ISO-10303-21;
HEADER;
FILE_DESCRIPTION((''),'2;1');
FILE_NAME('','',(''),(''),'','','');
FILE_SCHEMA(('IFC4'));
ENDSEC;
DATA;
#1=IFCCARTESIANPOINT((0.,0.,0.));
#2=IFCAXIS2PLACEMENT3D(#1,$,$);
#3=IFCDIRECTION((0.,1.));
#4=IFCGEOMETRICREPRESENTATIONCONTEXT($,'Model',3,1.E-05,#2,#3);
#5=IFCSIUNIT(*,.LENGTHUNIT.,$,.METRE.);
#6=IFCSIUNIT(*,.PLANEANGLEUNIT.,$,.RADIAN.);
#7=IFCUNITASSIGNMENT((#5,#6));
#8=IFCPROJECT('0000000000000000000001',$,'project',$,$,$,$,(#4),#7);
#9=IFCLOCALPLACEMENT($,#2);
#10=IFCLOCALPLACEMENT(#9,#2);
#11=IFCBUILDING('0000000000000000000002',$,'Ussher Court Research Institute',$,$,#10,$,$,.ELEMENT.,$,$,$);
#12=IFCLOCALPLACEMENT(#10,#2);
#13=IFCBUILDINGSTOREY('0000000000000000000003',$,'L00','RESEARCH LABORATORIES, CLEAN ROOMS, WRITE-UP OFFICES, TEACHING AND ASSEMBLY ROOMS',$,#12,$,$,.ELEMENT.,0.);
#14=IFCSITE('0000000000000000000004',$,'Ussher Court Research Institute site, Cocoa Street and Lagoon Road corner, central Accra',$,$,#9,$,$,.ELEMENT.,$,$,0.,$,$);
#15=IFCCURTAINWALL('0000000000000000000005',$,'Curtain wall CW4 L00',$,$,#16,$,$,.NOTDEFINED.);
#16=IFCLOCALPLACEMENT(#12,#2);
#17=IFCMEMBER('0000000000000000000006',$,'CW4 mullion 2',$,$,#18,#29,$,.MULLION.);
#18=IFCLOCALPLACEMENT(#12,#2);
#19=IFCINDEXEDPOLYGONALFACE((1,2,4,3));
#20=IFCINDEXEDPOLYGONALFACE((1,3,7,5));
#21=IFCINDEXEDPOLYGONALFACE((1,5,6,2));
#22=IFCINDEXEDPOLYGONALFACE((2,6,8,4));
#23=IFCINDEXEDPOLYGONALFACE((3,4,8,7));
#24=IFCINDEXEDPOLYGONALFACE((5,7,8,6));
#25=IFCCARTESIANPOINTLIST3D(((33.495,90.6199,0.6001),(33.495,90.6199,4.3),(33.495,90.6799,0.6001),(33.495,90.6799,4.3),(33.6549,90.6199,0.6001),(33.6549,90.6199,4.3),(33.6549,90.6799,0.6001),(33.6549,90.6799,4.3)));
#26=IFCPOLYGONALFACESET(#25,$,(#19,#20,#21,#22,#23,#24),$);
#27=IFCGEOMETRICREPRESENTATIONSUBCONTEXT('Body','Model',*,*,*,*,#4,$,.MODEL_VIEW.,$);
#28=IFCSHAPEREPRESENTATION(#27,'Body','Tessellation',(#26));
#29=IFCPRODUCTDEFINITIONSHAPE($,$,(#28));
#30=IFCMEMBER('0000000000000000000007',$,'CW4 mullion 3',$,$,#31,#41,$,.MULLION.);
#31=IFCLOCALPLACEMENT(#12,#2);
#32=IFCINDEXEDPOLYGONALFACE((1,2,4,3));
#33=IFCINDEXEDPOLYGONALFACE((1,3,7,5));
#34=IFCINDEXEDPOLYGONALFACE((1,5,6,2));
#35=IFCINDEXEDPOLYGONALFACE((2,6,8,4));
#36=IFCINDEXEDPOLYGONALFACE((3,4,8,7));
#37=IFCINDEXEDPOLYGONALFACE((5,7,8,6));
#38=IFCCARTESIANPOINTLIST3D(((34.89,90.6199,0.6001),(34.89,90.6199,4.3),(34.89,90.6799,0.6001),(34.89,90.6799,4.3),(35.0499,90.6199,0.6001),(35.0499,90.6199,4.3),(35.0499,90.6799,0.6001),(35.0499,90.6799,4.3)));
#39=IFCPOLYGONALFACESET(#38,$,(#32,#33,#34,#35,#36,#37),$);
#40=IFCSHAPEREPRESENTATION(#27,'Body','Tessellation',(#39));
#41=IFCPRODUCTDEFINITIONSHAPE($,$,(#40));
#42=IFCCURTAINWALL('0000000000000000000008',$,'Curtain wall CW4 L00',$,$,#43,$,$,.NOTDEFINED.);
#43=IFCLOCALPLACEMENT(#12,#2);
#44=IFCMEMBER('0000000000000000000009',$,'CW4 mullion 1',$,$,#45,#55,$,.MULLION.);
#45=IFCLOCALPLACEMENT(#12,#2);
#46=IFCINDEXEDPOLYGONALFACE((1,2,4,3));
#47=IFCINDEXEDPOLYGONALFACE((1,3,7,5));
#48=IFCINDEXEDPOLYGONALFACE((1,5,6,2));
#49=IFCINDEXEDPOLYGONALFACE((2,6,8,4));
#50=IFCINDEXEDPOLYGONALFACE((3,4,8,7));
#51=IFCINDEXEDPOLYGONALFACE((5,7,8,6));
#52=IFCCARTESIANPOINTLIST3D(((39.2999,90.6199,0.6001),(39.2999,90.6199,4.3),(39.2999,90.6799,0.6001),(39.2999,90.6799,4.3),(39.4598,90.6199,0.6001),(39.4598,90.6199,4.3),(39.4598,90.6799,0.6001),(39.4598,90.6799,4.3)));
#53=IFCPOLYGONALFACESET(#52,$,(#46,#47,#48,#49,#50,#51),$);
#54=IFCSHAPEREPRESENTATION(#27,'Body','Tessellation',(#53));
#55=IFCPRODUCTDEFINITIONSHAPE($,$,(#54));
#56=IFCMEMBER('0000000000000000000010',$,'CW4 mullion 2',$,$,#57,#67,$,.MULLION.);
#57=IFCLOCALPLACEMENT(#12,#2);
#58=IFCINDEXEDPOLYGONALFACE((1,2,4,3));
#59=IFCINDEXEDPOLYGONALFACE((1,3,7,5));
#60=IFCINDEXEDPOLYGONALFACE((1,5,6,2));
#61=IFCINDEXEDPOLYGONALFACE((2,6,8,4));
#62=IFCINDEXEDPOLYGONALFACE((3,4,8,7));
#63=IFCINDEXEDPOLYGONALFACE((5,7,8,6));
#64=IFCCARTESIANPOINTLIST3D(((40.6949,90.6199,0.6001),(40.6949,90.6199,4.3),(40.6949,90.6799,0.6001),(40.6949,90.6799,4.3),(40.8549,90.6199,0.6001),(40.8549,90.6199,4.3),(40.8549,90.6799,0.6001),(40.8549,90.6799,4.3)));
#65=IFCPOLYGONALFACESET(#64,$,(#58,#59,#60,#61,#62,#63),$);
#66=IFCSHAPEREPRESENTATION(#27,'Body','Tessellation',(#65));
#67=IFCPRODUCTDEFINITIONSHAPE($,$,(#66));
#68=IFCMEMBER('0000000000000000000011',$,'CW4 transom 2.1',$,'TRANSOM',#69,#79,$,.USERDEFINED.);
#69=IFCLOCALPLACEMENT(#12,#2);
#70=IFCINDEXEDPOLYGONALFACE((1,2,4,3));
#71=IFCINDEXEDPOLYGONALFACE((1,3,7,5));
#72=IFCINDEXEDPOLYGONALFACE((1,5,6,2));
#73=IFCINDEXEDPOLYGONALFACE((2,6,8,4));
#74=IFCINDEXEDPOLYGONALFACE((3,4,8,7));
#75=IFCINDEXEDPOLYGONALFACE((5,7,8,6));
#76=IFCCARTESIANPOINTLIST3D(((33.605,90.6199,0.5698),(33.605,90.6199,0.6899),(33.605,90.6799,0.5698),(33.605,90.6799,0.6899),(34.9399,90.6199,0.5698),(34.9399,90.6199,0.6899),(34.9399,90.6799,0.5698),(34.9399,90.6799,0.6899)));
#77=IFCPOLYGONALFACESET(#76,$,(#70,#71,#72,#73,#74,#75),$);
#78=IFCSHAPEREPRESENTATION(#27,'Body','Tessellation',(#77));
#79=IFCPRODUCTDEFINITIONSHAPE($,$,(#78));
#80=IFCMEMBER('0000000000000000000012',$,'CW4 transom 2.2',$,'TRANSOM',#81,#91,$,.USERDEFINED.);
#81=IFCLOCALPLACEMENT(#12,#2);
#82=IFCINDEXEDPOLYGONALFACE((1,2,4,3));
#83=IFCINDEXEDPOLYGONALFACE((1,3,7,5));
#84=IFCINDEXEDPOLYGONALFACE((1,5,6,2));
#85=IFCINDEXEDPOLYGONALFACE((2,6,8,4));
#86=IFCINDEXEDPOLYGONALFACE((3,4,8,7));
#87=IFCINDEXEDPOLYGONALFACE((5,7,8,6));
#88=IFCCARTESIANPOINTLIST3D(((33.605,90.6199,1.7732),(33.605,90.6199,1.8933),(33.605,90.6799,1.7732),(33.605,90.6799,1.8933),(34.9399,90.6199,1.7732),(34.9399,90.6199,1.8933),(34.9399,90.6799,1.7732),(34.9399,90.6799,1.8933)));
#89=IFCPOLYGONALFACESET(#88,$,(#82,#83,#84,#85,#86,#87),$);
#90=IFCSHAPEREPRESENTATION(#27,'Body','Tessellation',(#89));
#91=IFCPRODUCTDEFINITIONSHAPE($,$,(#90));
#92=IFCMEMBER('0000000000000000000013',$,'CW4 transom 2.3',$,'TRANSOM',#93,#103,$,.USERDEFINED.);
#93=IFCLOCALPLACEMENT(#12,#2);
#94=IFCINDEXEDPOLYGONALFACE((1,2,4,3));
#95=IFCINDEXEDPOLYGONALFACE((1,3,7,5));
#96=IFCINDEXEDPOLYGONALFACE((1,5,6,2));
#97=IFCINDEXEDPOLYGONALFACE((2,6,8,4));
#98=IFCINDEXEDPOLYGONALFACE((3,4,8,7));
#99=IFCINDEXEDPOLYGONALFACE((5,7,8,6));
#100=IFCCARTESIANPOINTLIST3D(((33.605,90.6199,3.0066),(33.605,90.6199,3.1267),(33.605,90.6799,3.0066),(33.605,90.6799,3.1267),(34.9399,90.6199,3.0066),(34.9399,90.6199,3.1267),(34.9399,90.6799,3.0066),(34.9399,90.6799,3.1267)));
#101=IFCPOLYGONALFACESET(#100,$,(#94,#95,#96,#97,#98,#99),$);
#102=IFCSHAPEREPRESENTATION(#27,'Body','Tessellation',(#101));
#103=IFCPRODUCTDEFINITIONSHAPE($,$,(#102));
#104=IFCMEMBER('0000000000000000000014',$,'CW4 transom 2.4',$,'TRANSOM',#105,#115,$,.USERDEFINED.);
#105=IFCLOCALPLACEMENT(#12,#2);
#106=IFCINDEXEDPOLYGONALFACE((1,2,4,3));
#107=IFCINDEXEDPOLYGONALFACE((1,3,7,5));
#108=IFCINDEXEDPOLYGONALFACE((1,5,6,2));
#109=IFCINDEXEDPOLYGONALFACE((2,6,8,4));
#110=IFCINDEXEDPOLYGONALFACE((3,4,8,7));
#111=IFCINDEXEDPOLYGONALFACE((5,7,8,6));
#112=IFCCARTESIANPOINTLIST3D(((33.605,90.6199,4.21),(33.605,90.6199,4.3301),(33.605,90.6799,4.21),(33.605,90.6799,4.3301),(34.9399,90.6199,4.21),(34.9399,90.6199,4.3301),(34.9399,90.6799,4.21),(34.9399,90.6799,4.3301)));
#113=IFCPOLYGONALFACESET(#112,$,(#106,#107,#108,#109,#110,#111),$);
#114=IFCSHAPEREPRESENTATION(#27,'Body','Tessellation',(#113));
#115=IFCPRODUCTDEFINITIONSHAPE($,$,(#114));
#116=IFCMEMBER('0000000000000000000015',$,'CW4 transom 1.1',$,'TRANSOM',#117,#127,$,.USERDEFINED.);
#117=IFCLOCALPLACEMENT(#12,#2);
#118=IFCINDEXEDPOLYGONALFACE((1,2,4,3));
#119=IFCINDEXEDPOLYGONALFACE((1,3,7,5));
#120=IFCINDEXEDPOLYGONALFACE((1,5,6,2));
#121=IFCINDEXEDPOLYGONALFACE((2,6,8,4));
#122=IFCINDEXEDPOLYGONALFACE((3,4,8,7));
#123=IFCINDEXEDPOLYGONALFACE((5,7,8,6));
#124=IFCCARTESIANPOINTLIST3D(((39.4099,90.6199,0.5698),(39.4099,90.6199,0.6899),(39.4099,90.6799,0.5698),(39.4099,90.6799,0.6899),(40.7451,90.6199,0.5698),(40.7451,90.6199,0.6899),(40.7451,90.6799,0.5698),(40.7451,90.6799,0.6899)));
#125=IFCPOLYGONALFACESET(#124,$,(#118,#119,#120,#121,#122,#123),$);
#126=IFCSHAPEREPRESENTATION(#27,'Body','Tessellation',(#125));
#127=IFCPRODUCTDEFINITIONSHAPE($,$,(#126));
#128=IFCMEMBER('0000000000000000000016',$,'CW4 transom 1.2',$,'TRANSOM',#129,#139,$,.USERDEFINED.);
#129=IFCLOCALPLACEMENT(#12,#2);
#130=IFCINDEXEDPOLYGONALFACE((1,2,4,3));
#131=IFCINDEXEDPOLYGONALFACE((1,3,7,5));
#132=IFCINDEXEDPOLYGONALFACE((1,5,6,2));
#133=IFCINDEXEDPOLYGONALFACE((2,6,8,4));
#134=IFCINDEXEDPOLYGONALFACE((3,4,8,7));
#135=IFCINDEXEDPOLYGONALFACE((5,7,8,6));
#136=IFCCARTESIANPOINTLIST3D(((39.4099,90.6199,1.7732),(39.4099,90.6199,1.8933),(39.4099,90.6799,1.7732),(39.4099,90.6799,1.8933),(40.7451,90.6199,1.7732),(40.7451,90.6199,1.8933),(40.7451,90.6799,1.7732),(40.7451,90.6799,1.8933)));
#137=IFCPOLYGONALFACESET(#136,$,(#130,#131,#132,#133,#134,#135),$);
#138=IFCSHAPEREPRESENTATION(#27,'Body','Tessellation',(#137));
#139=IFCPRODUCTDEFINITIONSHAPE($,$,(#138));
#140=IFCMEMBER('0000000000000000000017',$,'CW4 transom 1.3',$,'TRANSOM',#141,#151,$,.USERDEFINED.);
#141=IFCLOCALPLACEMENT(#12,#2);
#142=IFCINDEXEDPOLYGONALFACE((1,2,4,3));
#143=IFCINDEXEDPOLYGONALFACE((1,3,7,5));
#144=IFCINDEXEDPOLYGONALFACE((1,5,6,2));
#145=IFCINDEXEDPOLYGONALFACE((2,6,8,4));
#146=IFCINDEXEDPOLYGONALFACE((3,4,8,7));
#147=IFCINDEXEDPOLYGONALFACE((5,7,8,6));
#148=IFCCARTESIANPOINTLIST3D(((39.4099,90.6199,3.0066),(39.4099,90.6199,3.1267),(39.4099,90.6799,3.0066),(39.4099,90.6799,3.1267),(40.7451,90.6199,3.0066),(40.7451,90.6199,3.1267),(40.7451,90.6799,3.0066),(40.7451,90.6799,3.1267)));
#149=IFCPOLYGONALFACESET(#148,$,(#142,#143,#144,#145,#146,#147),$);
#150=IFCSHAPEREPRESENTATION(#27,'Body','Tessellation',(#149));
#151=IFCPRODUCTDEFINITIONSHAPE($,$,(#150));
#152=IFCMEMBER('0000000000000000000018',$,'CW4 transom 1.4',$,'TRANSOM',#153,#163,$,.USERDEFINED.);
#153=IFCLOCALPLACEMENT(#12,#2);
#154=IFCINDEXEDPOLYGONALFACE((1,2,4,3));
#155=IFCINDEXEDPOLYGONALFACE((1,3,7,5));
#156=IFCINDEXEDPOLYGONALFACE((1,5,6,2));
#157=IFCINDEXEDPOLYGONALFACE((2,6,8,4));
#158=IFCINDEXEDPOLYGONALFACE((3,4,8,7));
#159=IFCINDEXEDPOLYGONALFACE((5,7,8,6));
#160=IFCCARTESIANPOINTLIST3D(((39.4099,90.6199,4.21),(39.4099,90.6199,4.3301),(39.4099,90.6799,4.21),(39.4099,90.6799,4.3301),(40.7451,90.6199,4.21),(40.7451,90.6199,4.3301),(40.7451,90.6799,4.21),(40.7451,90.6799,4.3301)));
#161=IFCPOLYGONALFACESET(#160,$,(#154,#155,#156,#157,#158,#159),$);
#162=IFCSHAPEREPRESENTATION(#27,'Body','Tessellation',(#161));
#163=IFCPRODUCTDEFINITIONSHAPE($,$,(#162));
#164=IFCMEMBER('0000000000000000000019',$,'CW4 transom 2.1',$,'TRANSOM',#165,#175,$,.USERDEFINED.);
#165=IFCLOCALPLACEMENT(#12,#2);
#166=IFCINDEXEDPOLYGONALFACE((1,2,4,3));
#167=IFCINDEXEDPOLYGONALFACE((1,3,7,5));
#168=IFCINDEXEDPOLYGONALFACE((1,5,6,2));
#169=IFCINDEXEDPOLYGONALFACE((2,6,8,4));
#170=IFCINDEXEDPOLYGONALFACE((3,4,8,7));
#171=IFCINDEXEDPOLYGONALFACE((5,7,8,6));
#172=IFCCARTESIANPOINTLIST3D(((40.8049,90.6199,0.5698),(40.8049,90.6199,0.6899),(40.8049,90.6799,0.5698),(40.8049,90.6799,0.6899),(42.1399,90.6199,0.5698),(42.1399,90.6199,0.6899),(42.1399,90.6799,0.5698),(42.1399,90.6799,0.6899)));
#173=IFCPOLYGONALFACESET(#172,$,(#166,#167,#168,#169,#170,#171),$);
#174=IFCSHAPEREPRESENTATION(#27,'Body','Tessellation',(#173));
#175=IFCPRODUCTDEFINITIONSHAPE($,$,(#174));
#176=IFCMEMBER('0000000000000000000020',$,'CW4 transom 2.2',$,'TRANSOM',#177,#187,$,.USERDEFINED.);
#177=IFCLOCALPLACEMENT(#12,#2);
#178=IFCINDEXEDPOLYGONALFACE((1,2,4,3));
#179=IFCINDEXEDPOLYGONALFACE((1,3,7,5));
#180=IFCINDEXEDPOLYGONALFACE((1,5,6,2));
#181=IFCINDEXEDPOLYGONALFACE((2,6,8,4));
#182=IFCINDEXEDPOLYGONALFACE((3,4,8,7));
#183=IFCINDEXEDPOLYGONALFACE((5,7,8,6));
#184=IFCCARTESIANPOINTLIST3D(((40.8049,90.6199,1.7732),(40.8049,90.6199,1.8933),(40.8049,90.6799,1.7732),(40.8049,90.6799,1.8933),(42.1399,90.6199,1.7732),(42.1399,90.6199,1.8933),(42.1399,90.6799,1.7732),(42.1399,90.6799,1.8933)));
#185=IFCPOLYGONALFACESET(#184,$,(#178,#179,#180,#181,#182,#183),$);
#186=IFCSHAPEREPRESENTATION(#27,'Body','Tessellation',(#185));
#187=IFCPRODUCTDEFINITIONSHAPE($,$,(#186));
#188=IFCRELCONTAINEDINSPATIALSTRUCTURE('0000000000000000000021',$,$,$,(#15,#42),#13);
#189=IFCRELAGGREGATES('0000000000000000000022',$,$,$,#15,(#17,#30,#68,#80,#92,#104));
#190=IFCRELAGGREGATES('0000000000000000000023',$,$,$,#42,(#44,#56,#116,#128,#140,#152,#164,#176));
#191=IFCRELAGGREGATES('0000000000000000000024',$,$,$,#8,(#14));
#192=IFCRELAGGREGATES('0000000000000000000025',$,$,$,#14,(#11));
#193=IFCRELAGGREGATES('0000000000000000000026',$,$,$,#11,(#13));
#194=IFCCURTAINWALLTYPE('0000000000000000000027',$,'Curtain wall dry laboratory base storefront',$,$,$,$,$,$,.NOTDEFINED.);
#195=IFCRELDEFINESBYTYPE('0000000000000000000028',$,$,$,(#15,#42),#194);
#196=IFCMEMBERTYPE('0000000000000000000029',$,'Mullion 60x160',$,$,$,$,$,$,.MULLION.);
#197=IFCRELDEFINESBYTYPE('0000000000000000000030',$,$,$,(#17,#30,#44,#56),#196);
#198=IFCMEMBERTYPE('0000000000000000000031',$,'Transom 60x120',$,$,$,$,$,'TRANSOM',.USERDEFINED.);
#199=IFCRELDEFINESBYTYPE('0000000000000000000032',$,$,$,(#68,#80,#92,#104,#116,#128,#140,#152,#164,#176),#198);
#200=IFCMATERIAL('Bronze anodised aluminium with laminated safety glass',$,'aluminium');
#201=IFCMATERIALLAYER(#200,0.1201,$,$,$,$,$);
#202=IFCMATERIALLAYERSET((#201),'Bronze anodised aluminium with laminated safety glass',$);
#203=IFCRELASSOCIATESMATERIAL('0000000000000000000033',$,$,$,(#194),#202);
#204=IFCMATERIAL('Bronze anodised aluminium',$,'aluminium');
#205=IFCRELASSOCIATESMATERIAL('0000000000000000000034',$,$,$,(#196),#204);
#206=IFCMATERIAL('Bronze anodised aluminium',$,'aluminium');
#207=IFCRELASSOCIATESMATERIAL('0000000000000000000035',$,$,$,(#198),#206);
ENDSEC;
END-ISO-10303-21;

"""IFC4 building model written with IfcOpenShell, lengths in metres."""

from ifc_helpers import new_model, si_unit, direction, frame, origin, origin_2d, place, context, subcontext, project, spatial, rectangle, extrude, material, layer, layer_set, material_profile, profile_set, type_object, element, aggregate, save


model = new_model("IFC4")

# Units and contexts
model_context = context("Model", 3, precision=1e-05, world=origin(), true_north=direction((0.0, 1.0)))
body_context = subcontext(model_context, "Body", "Model", "MODEL_VIEW")
ifc_project = project(units=[si_unit("LENGTHUNIT", "METRE"), si_unit("PLANEANGLEUNIT", "RADIAN")], contexts=[model_context])

# Site, building, storey
site_placement = place(None, origin())
site = spatial("IfcSite", under=ifc_project, at=site_placement, Name="Ussher Court Research Institute site, Cocoa Street and Lagoon Road corner, central Accra", CompositionType="ELEMENT", RefElevation=0.0)
building_placement = place(site_placement, origin())
building = spatial("IfcBuilding", under=site, at=building_placement, Name="Ussher Court Research Institute", CompositionType="ELEMENT")
storey_placement = place(building_placement, origin())
storey = spatial("IfcBuildingStorey", under=building, at=storey_placement, Name="L00", Description="RESEARCH LABORATORIES, CLEAN ROOMS, WRITE-UP OFFICES, TEACHING AND ASSEMBLY ROOMS", CompositionType="ELEMENT", Elevation=0.0)

# Curtain walls, members
ifc_material_1 = material(Name="Bronze anodised aluminium with laminated safety glass", Category="aluminium")
ifc_layer_1 = layer(ifc_material_1, 0.1201)
ifc_layer_set_1 = layer_set([ifc_layer_1], Name="Bronze anodised aluminium with laminated safety glass")
curtain_wall_type = type_object("IfcCurtainWallType", Name="Curtain wall dry laboratory base storefront", PredefinedType="NOTDEFINED", material=ifc_layer_set_1)
curtain_wall_1_placement = place(storey_placement, origin())
curtain_wall_1 = element("IfcCurtainWall", 1, at=curtain_wall_1_placement, inside=storey, type_object=curtain_wall_type, Name="Curtain wall CW4 L00", PredefinedType="NOTDEFINED")
ifc_material_2 = material(Name="Bronze anodised aluminium", Category="aluminium")
ifc_material_profile_1 = material_profile(ifc_material_2, rectangle(XDim=0.0601, YDim=0.1599, at=origin_2d()), Name="Mullion 60x160")
ifc_profile_set_1 = profile_set([ifc_material_profile_1], Name="Bronze anodised aluminium")
member_type_1 = type_object("IfcMemberType", Name="Mullion 60x160", PredefinedType="MULLION", material=ifc_profile_set_1)
member_1_placement = place(storey_placement, frame((33.575, 90.6499, 0.6001), z_axis=(0.0, 0.0, 1.0), x_axis=(0.0, 1.0, 0.0)))
member_1 = element("IfcMember", 2, at=member_1_placement, type_object=member_type_1, Name="CW4 mullion 2", PredefinedType="MULLION", context=body_context, shape_type="SweptSolid", body=[
    extrude(rectangle(XDim=0.0601, YDim=0.1599, at=origin_2d()), origin(), (0.0, 0.0, 1.0), 3.7),
])
member_2_placement = place(storey_placement, frame((34.97, 90.6499, 0.6001), z_axis=(0.0, 0.0, 1.0), x_axis=(0.0, 1.0, 0.0)))
member_2 = element("IfcMember", 3, at=member_2_placement, type_object=member_type_1, Name="CW4 mullion 3", PredefinedType="MULLION", context=body_context, shape_type="SweptSolid", body=[
    extrude(rectangle(XDim=0.0601, YDim=0.1599, at=origin_2d()), origin(), (0.0, 0.0, 1.0), 3.7),
])
curtain_wall_2_placement = place(storey_placement, origin())
curtain_wall_2 = element("IfcCurtainWall", 4, at=curtain_wall_2_placement, inside=storey, type_object=curtain_wall_type, Name="Curtain wall CW4 L00", PredefinedType="NOTDEFINED")
member_3_placement = place(storey_placement, frame((39.3799, 90.6499, 0.6001), z_axis=(0.0, 0.0, 1.0), x_axis=(0.0, 1.0, 0.0)))
member_3 = element("IfcMember", 5, at=member_3_placement, type_object=member_type_1, Name="CW4 mullion 1", PredefinedType="MULLION", context=body_context, shape_type="SweptSolid", body=[
    extrude(rectangle(XDim=0.0601, YDim=0.1599, at=origin_2d()), origin(), (0.0, 0.0, 1.0), 3.7),
])
member_4_placement = place(storey_placement, frame((40.7749, 90.6499, 0.6001), z_axis=(0.0, 0.0, 1.0), x_axis=(0.0, 1.0, 0.0)))
member_4 = element("IfcMember", 6, at=member_4_placement, type_object=member_type_1, Name="CW4 mullion 2", PredefinedType="MULLION", context=body_context, shape_type="SweptSolid", body=[
    extrude(rectangle(XDim=0.0601, YDim=0.1599, at=origin_2d()), origin(), (0.0, 0.0, 1.0), 3.7),
])

# Members
ifc_material_3 = material(Name="Bronze anodised aluminium", Category="aluminium")
ifc_material_profile_2 = material_profile(ifc_material_3, rectangle(XDim=0.0601, YDim=0.1201, at=origin_2d()), Name="Transom 60x120")
ifc_profile_set_2 = profile_set([ifc_material_profile_2], Name="Bronze anodised aluminium")
member_type_2 = type_object("IfcMemberType", Name="Transom 60x120", ElementType="TRANSOM", PredefinedType="USERDEFINED", material=ifc_profile_set_2)
member_5_placement = place(storey_placement, frame((33.605, 90.6499, 0.6299), z_axis=(1.0, 0.0, 0.0), x_axis=(0.0, 1.0, 0.0)))
member_5 = element("IfcMember", 7, at=member_5_placement, type_object=member_type_2, Name="CW4 transom 2.1", ObjectType="TRANSOM", PredefinedType="USERDEFINED", context=body_context, shape_type="SweptSolid", body=[
    extrude(rectangle(XDim=0.0601, YDim=0.1201, at=origin_2d()), origin(), (0.0, 0.0, 1.0), 1.335),
])
member_6_placement = place(storey_placement, frame((33.605, 90.6499, 1.8333), z_axis=(1.0, 0.0, 0.0), x_axis=(0.0, 1.0, 0.0)))
member_6 = element("IfcMember", 8, at=member_6_placement, type_object=member_type_2, Name="CW4 transom 2.2", ObjectType="TRANSOM", PredefinedType="USERDEFINED", context=body_context, shape_type="SweptSolid", body=[
    extrude(rectangle(XDim=0.0601, YDim=0.1201, at=origin_2d()), origin(), (0.0, 0.0, 1.0), 1.335),
])
member_7_placement = place(storey_placement, frame((33.605, 90.6499, 3.0667), z_axis=(1.0, 0.0, 0.0), x_axis=(0.0, 1.0, 0.0)))
member_7 = element("IfcMember", 9, at=member_7_placement, type_object=member_type_2, Name="CW4 transom 2.3", ObjectType="TRANSOM", PredefinedType="USERDEFINED", context=body_context, shape_type="SweptSolid", body=[
    extrude(rectangle(XDim=0.0601, YDim=0.1201, at=origin_2d()), origin(), (0.0, 0.0, 1.0), 1.335),
])
member_8_placement = place(storey_placement, frame((33.605, 90.6499, 4.27), z_axis=(1.0, 0.0, 0.0), x_axis=(0.0, 1.0, 0.0)))
member_8 = element("IfcMember", 10, at=member_8_placement, type_object=member_type_2, Name="CW4 transom 2.4", ObjectType="TRANSOM", PredefinedType="USERDEFINED", context=body_context, shape_type="SweptSolid", body=[
    extrude(rectangle(XDim=0.0601, YDim=0.1201, at=origin_2d()), origin(), (0.0, 0.0, 1.0), 1.335),
])
member_9_placement = place(storey_placement, frame((39.4099, 90.6499, 0.6299), z_axis=(1.0, 0.0, 0.0), x_axis=(0.0, 1.0, 0.0)))
member_9 = element("IfcMember", 11, at=member_9_placement, type_object=member_type_2, Name="CW4 transom 1.1", ObjectType="TRANSOM", PredefinedType="USERDEFINED", context=body_context, shape_type="SweptSolid", body=[
    extrude(rectangle(XDim=0.0601, YDim=0.1201, at=origin_2d()), origin(), (0.0, 0.0, 1.0), 1.3352),
])
member_10_placement = place(storey_placement, frame((39.4099, 90.6499, 1.8333), z_axis=(1.0, 0.0, 0.0), x_axis=(0.0, 1.0, 0.0)))
member_10 = element("IfcMember", 12, at=member_10_placement, type_object=member_type_2, Name="CW4 transom 1.2", ObjectType="TRANSOM", PredefinedType="USERDEFINED", context=body_context, shape_type="SweptSolid", body=[
    extrude(rectangle(XDim=0.0601, YDim=0.1201, at=origin_2d()), origin(), (0.0, 0.0, 1.0), 1.3352),
])
member_11_placement = place(storey_placement, frame((39.4099, 90.6499, 3.0667), z_axis=(1.0, 0.0, 0.0), x_axis=(0.0, 1.0, 0.0)))
member_11 = element("IfcMember", 13, at=member_11_placement, type_object=member_type_2, Name="CW4 transom 1.3", ObjectType="TRANSOM", PredefinedType="USERDEFINED", context=body_context, shape_type="SweptSolid", body=[
    extrude(rectangle(XDim=0.0601, YDim=0.1201, at=origin_2d()), origin(), (0.0, 0.0, 1.0), 1.3352),
])
member_12_placement = place(storey_placement, frame((39.4099, 90.6499, 4.27), z_axis=(1.0, 0.0, 0.0), x_axis=(0.0, 1.0, 0.0)))
member_12 = element("IfcMember", 14, at=member_12_placement, type_object=member_type_2, Name="CW4 transom 1.4", ObjectType="TRANSOM", PredefinedType="USERDEFINED", context=body_context, shape_type="SweptSolid", body=[
    extrude(rectangle(XDim=0.0601, YDim=0.1201, at=origin_2d()), origin(), (0.0, 0.0, 1.0), 1.3352),
])
member_13_placement = place(storey_placement, frame((40.8049, 90.6499, 0.6299), z_axis=(1.0, 0.0, 0.0), x_axis=(0.0, 1.0, 0.0)))
member_13 = element("IfcMember", 15, at=member_13_placement, type_object=member_type_2, Name="CW4 transom 2.1", ObjectType="TRANSOM", PredefinedType="USERDEFINED", context=body_context, shape_type="SweptSolid", body=[
    extrude(rectangle(XDim=0.0601, YDim=0.1201, at=origin_2d()), origin(), (0.0, 0.0, 1.0), 1.335),
])
member_14_placement = place(storey_placement, frame((40.8049, 90.6499, 1.8333), z_axis=(1.0, 0.0, 0.0), x_axis=(0.0, 1.0, 0.0)))
member_14 = element("IfcMember", 16, at=member_14_placement, type_object=member_type_2, Name="CW4 transom 2.2", ObjectType="TRANSOM", PredefinedType="USERDEFINED", context=body_context, shape_type="SweptSolid", body=[
    extrude(rectangle(XDim=0.0601, YDim=0.1201, at=origin_2d()), origin(), (0.0, 0.0, 1.0), 1.335),
])

aggregate(curtain_wall_1, [member_1, member_2, member_5, member_6, member_7, member_8])
aggregate(curtain_wall_2, [member_3, member_4, member_9, member_10, member_11, member_12, member_13, member_14])

save(model, "model.ifc")
